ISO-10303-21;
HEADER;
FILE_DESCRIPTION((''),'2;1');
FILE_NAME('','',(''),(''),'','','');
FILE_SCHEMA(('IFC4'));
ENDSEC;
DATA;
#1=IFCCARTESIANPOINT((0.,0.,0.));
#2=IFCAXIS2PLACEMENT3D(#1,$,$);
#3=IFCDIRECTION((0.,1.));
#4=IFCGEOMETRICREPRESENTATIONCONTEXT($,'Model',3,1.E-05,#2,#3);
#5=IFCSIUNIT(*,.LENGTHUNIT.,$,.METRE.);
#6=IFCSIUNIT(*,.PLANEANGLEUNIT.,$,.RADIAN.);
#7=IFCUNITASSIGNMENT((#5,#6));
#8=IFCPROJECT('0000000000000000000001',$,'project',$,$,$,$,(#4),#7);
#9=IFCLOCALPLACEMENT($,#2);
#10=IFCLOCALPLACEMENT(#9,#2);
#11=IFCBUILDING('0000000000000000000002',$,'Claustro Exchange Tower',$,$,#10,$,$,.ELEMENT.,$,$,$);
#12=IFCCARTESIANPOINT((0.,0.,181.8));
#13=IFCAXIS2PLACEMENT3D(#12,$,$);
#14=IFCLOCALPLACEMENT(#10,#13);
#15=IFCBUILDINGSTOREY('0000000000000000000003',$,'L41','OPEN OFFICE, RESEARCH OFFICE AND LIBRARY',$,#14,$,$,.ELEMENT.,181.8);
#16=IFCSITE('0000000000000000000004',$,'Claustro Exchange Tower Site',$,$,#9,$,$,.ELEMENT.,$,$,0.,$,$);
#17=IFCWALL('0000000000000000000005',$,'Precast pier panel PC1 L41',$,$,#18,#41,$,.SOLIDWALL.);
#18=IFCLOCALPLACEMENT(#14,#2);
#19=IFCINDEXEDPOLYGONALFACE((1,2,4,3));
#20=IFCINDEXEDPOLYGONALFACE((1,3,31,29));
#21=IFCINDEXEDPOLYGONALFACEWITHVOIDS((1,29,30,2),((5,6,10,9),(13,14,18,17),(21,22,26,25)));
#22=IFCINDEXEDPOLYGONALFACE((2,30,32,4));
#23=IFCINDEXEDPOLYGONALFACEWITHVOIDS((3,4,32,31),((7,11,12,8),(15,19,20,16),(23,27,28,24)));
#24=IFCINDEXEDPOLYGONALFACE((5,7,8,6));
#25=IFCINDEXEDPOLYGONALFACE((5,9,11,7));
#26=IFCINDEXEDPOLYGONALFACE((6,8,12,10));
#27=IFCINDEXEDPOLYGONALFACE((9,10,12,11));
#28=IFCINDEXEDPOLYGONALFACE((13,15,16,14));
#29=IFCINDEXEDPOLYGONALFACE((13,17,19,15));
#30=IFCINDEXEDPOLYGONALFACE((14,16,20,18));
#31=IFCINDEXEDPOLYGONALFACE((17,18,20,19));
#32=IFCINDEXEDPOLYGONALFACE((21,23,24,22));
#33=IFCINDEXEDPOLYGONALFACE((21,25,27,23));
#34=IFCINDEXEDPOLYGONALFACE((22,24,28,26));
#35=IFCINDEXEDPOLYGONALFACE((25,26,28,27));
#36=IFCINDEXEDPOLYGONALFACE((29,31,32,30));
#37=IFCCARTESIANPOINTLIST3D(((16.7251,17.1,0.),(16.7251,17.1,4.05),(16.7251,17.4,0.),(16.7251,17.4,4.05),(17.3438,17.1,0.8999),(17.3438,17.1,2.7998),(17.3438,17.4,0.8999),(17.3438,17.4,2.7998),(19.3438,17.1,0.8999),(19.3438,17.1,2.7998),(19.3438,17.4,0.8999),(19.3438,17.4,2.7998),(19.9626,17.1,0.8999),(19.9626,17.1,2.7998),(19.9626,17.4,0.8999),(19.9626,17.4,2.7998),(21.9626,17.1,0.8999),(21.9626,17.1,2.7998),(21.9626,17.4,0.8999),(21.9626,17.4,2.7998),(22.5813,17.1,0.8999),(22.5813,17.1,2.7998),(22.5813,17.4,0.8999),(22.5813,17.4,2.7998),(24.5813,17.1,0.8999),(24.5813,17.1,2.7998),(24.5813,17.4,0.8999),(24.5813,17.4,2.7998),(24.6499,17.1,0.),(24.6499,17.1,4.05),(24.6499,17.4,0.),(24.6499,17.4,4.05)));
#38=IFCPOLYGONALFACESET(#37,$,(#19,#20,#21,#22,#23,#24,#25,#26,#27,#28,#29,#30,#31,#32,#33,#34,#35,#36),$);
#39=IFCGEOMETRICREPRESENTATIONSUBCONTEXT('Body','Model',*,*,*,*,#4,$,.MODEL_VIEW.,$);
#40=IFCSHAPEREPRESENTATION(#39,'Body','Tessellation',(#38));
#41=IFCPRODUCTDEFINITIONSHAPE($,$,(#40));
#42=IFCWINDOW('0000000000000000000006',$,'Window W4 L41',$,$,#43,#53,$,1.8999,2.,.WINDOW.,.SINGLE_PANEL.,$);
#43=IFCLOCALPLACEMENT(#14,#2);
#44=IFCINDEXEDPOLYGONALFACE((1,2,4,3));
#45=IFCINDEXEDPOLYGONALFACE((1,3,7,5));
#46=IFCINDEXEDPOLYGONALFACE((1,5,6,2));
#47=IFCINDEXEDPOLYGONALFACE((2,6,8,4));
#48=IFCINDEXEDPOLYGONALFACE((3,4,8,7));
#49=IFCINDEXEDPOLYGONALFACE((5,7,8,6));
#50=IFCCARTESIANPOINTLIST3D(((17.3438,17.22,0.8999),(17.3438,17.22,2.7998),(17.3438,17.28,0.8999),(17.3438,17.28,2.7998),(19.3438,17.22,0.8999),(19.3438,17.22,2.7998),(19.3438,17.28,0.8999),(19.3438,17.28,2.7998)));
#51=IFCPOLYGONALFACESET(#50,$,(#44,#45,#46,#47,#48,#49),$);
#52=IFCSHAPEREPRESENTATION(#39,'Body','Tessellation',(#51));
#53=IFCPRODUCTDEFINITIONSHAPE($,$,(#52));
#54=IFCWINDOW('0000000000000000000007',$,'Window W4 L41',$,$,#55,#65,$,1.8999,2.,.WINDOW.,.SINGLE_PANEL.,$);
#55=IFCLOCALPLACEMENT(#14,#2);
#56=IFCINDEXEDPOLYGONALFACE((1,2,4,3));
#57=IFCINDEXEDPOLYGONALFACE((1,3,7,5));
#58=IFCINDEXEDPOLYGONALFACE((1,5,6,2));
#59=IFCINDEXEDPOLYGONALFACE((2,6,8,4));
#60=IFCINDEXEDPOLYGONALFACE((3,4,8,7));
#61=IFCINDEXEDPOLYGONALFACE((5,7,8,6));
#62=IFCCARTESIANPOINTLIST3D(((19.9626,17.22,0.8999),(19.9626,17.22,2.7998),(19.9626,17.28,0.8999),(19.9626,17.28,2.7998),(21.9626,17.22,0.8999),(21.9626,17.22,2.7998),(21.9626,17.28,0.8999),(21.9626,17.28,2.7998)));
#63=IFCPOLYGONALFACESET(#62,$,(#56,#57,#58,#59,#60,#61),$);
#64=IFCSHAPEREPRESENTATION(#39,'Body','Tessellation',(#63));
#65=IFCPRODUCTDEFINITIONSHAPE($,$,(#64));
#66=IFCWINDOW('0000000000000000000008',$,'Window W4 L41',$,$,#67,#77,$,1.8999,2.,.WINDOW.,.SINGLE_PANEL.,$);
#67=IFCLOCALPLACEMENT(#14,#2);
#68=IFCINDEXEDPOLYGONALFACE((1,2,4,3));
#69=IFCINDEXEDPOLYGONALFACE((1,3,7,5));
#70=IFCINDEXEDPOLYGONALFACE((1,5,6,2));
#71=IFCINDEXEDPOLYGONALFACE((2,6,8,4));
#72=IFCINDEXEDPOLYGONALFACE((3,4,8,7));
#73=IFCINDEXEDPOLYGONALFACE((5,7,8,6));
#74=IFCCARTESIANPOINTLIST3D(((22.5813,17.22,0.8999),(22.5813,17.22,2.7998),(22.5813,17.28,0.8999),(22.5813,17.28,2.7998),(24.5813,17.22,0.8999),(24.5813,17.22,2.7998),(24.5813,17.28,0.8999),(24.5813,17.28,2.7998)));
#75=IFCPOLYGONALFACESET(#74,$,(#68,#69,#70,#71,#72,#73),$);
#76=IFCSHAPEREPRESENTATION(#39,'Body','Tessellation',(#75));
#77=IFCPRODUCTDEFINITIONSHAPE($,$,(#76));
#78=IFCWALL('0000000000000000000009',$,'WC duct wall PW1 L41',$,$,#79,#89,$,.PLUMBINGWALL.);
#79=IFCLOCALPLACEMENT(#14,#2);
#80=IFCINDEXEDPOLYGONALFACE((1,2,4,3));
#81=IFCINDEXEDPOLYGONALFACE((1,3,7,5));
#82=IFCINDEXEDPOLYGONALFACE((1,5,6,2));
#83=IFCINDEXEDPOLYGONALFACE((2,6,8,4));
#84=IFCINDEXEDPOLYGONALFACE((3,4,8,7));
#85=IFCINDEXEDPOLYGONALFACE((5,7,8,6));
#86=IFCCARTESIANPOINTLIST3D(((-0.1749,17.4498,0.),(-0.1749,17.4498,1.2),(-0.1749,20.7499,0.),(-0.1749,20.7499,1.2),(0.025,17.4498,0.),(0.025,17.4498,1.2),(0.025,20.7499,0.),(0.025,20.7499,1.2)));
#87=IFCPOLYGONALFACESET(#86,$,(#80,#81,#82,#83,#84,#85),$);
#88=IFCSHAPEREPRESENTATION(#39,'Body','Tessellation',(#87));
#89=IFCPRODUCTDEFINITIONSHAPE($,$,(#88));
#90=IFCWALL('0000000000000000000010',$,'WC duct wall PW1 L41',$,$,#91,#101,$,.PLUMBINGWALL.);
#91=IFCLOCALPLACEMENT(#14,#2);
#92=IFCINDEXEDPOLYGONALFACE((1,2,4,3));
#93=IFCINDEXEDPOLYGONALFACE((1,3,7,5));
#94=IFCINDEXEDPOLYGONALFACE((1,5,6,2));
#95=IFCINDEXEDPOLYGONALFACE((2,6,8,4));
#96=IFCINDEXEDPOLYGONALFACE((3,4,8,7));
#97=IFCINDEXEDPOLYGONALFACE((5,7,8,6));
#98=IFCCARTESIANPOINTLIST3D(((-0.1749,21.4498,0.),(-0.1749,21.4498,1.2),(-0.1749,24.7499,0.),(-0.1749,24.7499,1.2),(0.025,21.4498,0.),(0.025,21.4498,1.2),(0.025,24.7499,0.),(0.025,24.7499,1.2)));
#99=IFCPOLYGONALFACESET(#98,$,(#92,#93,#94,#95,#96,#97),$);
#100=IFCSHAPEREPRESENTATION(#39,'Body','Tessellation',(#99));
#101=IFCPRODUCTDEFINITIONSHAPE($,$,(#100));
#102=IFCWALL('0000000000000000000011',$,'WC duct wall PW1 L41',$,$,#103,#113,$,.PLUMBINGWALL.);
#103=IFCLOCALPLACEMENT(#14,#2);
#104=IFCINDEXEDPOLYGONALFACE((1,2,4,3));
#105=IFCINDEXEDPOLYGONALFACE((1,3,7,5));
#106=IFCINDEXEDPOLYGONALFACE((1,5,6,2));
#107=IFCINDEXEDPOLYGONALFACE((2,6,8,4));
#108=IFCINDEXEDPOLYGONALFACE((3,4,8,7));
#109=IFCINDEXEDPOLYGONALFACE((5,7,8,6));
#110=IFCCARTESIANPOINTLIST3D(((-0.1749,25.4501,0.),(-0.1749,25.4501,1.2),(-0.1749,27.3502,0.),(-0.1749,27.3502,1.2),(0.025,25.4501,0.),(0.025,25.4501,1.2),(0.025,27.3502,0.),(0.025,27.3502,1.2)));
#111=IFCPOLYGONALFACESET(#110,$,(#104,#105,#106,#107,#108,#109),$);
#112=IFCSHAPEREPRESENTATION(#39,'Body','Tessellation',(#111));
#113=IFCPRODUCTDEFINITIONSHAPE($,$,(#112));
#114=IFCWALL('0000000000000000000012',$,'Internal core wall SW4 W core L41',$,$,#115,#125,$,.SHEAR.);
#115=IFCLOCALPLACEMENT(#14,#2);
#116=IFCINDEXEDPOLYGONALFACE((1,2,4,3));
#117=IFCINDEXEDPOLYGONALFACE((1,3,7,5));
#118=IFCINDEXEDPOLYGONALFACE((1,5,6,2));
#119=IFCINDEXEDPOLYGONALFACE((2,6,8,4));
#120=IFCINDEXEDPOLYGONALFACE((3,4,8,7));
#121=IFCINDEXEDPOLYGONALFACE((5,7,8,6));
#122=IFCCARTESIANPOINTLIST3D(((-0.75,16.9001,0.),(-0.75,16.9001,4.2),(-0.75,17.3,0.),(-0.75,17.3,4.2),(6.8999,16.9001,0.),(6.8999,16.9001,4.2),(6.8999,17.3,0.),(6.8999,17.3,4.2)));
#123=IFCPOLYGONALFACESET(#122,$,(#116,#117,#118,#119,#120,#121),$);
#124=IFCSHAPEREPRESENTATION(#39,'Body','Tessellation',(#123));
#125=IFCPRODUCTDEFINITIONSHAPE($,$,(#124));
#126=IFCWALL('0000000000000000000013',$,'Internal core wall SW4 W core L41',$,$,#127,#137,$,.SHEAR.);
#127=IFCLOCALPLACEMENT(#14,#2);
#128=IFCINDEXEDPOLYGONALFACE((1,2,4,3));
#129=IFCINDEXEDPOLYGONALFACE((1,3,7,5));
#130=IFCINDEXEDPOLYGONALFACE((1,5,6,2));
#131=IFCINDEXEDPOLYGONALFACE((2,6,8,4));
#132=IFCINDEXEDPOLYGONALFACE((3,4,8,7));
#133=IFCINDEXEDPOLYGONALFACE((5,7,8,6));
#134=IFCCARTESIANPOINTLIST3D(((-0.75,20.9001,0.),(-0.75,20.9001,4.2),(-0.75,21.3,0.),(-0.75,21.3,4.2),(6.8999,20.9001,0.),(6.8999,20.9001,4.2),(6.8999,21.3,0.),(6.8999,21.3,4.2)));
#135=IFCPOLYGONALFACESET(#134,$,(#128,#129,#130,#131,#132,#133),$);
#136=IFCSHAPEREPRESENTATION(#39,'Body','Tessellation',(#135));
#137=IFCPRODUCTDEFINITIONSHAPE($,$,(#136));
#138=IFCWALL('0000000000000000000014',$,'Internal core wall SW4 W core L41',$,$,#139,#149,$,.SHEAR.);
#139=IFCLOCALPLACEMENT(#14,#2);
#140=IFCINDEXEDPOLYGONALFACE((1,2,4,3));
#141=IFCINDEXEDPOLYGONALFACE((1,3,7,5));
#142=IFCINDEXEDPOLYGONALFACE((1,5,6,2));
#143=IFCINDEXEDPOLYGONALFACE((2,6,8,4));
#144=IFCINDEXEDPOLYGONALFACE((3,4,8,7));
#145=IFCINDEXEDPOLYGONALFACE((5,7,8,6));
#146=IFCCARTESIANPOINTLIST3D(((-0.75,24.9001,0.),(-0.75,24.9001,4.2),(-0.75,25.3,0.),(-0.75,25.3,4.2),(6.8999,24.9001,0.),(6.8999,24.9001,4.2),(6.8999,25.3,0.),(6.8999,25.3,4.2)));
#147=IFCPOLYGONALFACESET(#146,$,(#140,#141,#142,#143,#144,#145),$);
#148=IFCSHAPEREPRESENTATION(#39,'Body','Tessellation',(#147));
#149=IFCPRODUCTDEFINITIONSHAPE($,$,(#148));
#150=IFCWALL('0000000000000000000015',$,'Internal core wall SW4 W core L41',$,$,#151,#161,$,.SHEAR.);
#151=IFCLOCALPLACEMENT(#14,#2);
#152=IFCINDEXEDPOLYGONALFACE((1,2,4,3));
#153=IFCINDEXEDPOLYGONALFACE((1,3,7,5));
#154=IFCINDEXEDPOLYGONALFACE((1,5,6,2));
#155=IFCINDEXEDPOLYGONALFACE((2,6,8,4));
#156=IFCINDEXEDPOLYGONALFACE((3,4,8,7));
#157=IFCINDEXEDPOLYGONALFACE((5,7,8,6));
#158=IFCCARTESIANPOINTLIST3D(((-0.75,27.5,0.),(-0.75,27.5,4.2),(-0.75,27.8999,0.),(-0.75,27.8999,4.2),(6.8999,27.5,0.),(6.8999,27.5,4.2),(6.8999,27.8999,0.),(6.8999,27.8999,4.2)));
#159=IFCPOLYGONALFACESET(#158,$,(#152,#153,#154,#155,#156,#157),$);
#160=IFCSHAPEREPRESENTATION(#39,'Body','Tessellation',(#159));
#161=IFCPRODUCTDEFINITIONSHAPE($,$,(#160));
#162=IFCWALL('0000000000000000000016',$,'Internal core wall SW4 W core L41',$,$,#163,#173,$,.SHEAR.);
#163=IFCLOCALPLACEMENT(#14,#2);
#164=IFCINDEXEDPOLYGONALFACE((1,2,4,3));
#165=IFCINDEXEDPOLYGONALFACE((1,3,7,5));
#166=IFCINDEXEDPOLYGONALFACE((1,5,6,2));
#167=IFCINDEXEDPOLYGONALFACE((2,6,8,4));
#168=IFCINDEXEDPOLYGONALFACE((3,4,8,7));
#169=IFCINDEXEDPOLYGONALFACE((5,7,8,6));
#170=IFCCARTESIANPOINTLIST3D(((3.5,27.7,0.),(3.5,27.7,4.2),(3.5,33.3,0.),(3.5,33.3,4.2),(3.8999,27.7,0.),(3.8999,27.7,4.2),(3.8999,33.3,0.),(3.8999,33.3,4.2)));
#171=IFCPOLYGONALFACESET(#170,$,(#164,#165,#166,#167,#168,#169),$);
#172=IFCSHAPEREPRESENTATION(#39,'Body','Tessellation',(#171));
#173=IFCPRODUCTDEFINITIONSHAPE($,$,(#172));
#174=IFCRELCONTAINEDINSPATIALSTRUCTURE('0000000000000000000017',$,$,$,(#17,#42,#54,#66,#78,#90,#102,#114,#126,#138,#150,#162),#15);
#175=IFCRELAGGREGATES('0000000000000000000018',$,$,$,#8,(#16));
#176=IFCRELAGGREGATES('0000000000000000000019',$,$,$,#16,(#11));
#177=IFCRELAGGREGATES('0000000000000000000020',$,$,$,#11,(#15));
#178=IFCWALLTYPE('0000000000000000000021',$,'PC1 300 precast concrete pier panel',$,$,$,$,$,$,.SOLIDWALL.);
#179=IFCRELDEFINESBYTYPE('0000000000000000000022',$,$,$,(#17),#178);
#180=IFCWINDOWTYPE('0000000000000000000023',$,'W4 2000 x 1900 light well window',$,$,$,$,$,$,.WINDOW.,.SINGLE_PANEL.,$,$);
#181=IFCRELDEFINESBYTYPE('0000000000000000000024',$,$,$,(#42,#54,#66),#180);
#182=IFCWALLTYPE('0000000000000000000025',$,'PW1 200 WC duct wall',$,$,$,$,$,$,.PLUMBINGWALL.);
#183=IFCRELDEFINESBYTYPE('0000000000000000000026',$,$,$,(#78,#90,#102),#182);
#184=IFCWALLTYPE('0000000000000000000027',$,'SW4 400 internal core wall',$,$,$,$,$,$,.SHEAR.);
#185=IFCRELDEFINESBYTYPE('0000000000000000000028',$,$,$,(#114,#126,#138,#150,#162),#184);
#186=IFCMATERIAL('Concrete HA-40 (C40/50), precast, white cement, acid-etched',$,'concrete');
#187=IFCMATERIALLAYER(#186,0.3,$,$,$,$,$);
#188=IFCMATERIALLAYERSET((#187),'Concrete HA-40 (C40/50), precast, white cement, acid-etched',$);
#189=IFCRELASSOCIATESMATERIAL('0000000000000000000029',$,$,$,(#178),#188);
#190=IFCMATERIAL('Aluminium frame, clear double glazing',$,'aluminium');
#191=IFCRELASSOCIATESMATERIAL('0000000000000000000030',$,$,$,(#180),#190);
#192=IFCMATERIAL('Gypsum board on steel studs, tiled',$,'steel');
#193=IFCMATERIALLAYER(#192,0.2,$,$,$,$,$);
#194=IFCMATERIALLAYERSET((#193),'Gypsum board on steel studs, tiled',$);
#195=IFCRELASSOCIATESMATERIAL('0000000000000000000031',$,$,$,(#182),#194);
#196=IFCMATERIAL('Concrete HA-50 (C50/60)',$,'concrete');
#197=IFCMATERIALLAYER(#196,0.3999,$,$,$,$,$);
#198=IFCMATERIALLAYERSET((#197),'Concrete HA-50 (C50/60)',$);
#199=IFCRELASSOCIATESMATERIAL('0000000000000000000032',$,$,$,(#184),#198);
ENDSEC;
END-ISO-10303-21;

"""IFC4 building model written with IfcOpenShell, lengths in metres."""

from ifc_helpers import new_model, si_unit, direction, frame, frame_2d, origin, place, context, subcontext, project, spatial, rectangle, extrude, material, layer, layer_set, type_object, element, fill, save


model = new_model("IFC4")

# Units and contexts
model_context = context("Model", 3, precision=1e-05, world=origin(), true_north=direction((0.0, 1.0)))
body_context = subcontext(model_context, "Body", "Model", "MODEL_VIEW")
ifc_project = project(units=[si_unit("LENGTHUNIT", "METRE"), si_unit("PLANEANGLEUNIT", "RADIAN")], contexts=[model_context])

# Site, building, storey
site_placement = place(None, origin())
site = spatial("IfcSite", under=ifc_project, at=site_placement, Name="Claustro Exchange Tower Site", CompositionType="ELEMENT", RefElevation=0.0)
building_placement = place(site_placement, origin())
building = spatial("IfcBuilding", under=site, at=building_placement, Name="Claustro Exchange Tower", CompositionType="ELEMENT")
storey_placement = place(building_placement, frame((0.0, 0.0, 181.8)))
storey = spatial("IfcBuildingStorey", under=building, at=storey_placement, Name="L41", Description="OPEN OFFICE, RESEARCH OFFICE AND LIBRARY", CompositionType="ELEMENT", Elevation=181.8)

# Wall, openings, windows
ifc_material_1 = material(Name="Concrete HA-40 (C40/50), precast, white cement, acid-etched", Category="concrete")
ifc_layer_1 = layer(ifc_material_1, 0.3)
ifc_layer_set_1 = layer_set([ifc_layer_1], Name="Concrete HA-40 (C40/50), precast, white cement, acid-etched")
wall_type_1 = type_object("IfcWallType", Name="PC1 300 precast concrete pier panel", PredefinedType="SOLIDWALL", material=ifc_layer_set_1)
ifc_material_2 = material(Name="Aluminium frame, clear double glazing", Category="aluminium")
window_type = type_object("IfcWindowType", Name="W4 2000 x 1900 light well window", PartitioningType="SINGLE_PANEL", PredefinedType="WINDOW", material=ifc_material_2)
wall_1_placement = place(storey_placement, frame((16.7251, 17.25, 0.0), z_axis=(0.0, 0.0, 1.0), x_axis=(1.0, 0.0, 0.0)))
wall_1 = element("IfcWall", 1, at=wall_1_placement, inside=storey, type_object=wall_type_1, Name="Precast pier panel PC1 L41", PredefinedType="SOLIDWALL", context=body_context, shape_type="SweptSolid", body=[
    extrude(rectangle(XDim=7.9248, YDim=0.3, at=frame_2d((3.9624, 0.0))), origin(), (0.0, 0.0, 1.0), 4.05),
])
opening_1_placement = place(wall_1_placement, frame((0.6187, 0.0, 0.8999)))
opening_1 = element("IfcOpeningElement", 2, at=opening_1_placement, cuts=wall_1, PredefinedType="OPENING", context=body_context, shape_type="SweptSolid", body=[
    extrude(rectangle(XDim=2.0, YDim=1.8999, at=frame_2d((1.0, 0.95))), frame((0.0, 0.1599, 0.0), z_axis=(0.0, -1.0, 0.0), x_axis=(1.0, 0.0, 0.0)), (0.0, 0.0, 1.0), 0.3201),
])
opening_2_placement = place(wall_1_placement, frame((3.2375, 0.0, 0.8999)))
opening_2 = element("IfcOpeningElement", 3, at=opening_2_placement, cuts=wall_1, PredefinedType="OPENING", context=body_context, shape_type="SweptSolid", body=[
    extrude(rectangle(XDim=2.0, YDim=1.8999, at=frame_2d((1.0, 0.95))), frame((0.0, 0.1599, 0.0), z_axis=(0.0, -1.0, 0.0), x_axis=(1.0, 0.0, 0.0)), (0.0, 0.0, 1.0), 0.3201),
])
opening_3_placement = place(wall_1_placement, frame((5.8562, 0.0, 0.8999)))
opening_3 = element("IfcOpeningElement", 4, at=opening_3_placement, cuts=wall_1, PredefinedType="OPENING", context=body_context, shape_type="SweptSolid", body=[
    extrude(rectangle(XDim=2.0, YDim=1.8999, at=frame_2d((1.0, 0.95))), frame((0.0, 0.1599, 0.0), z_axis=(0.0, -1.0, 0.0), x_axis=(1.0, 0.0, 0.0)), (0.0, 0.0, 1.0), 0.3201),
])
window_1_placement = place(opening_1_placement, origin())
window_1 = element("IfcWindow", 5, at=window_1_placement, inside=storey, type_object=window_type, Name="Window W4 L41", OverallHeight=1.8999, OverallWidth=2.0, PartitioningType="SINGLE_PANEL", PredefinedType="WINDOW", context=body_context, shape_type="SweptSolid", body=[
    extrude(rectangle(XDim=2.0, YDim=1.8999, at=frame_2d((1.0, 0.95))), frame((0.0, 0.03, 0.0), z_axis=(0.0, -1.0, 0.0), x_axis=(1.0, 0.0, 0.0)), (0.0, 0.0, 1.0), 0.0601),
])
fill(opening_1, window_1)
window_2_placement = place(opening_2_placement, origin())
window_2 = element("IfcWindow", 6, at=window_2_placement, inside=storey, type_object=window_type, Name="Window W4 L41", OverallHeight=1.8999, OverallWidth=2.0, PartitioningType="SINGLE_PANEL", PredefinedType="WINDOW", context=body_context, shape_type="SweptSolid", body=[
    extrude(rectangle(XDim=2.0, YDim=1.8999, at=frame_2d((1.0, 0.95))), frame((0.0, 0.03, 0.0), z_axis=(0.0, -1.0, 0.0), x_axis=(1.0, 0.0, 0.0)), (0.0, 0.0, 1.0), 0.0601),
])
fill(opening_2, window_2)
window_3_placement = place(opening_3_placement, origin())
window_3 = element("IfcWindow", 7, at=window_3_placement, inside=storey, type_object=window_type, Name="Window W4 L41", OverallHeight=1.8999, OverallWidth=2.0, PartitioningType="SINGLE_PANEL", PredefinedType="WINDOW", context=body_context, shape_type="SweptSolid", body=[
    extrude(rectangle(XDim=2.0, YDim=1.8999, at=frame_2d((1.0, 0.95))), frame((0.0, 0.03, 0.0), z_axis=(0.0, -1.0, 0.0), x_axis=(1.0, 0.0, 0.0)), (0.0, 0.0, 1.0), 0.0601),
])
fill(opening_3, window_3)

# Walls
ifc_material_3 = material(Name="Gypsum board on steel studs, tiled", Category="steel")
ifc_layer_2 = layer(ifc_material_3, 0.2)
ifc_layer_set_2 = layer_set([ifc_layer_2], Name="Gypsum board on steel studs, tiled")
wall_type_2 = type_object("IfcWallType", Name="PW1 200 WC duct wall", PredefinedType="PLUMBINGWALL", material=ifc_layer_set_2)
for number, where, z_axis, x_axis, name in (
    (8, (-0.075, 17.45, 0.0), (0.0, 0.0, 1.0), (0.0, 1.0, 0.0), "WC duct wall PW1 L41"),
    (9, (-0.075, 21.45, 0.0), (0.0, 0.0, 1.0), (0.0, 1.0, 0.0), "WC duct wall PW1 L41"),
):
    element("IfcWall", number, at=place(storey_placement, frame(where, z_axis=z_axis, x_axis=x_axis)), inside=storey, type_object=wall_type_2, Name=name, PredefinedType="PLUMBINGWALL", context=body_context, shape_type="SweptSolid", body=[
        extrude(rectangle(XDim=3.3, YDim=0.2, at=frame_2d((1.6499, 0.0))), origin(), (0.0, 0.0, 1.0), 1.2),
    ])
wall_2_placement = place(storey_placement, frame((-0.075, 25.45, 0.0), z_axis=(0.0, 0.0, 1.0), x_axis=(0.0, 1.0, 0.0)))
element("IfcWall", 10, at=wall_2_placement, inside=storey, type_object=wall_type_2, Name="WC duct wall PW1 L41", PredefinedType="PLUMBINGWALL", context=body_context, shape_type="SweptSolid", body=[
    extrude(rectangle(XDim=1.9001, YDim=0.2, at=frame_2d((0.9502, 0.0))), origin(), (0.0, 0.0, 1.0), 1.2),
])
ifc_material_4 = material(Name="Concrete HA-50 (C50/60)", Category="concrete")
ifc_layer_3 = layer(ifc_material_4, 0.3999)
ifc_layer_set_3 = layer_set([ifc_layer_3], Name="Concrete HA-50 (C50/60)")
wall_type_3 = type_object("IfcWallType", Name="SW4 400 internal core wall", PredefinedType="SHEAR", material=ifc_layer_set_3)
for number, where, z_axis, x_axis, name in (
    (11, (-0.75, 17.1001, 0.0), (0.0, 0.0, 1.0), (1.0, 0.0, 0.0), "Internal core wall SW4 W core L41"),
    (12, (-0.75, 21.1001, 0.0), (0.0, 0.0, 1.0), (1.0, 0.0, 0.0), "Internal core wall SW4 W core L41"),
    (13, (-0.75, 25.1001, 0.0), (0.0, 0.0, 1.0), (1.0, 0.0, 0.0), "Internal core wall SW4 W core L41"),
    (14, (-0.75, 27.7, 0.0), (0.0, 0.0, 1.0), (1.0, 0.0, 0.0), "Internal core wall SW4 W core L41"),
):
    element("IfcWall", number, at=place(storey_placement, frame(where, z_axis=z_axis, x_axis=x_axis)), inside=storey, type_object=wall_type_3, Name=name, PredefinedType="SHEAR", context=body_context, shape_type="SweptSolid", body=[
        extrude(rectangle(XDim=7.6499, YDim=0.3999, at=frame_2d((3.825, 0.0))), origin(), (0.0, 0.0, 1.0), 4.2),
    ])
wall_3_placement = place(storey_placement, frame((3.7, 27.7, 0.0), z_axis=(0.0, 0.0, 1.0), x_axis=(0.0, 1.0, 0.0)))
element("IfcWall", 15, at=wall_3_placement, inside=storey, type_object=wall_type_3, Name="Internal core wall SW4 W core L41", PredefinedType="SHEAR", context=body_context, shape_type="SweptSolid", body=[
    extrude(rectangle(XDim=5.6001, YDim=0.3999, at=frame_2d((2.8, 0.0))), origin(), (0.0, 0.0, 1.0), 4.2),
])

save(model, "model.ifc")
